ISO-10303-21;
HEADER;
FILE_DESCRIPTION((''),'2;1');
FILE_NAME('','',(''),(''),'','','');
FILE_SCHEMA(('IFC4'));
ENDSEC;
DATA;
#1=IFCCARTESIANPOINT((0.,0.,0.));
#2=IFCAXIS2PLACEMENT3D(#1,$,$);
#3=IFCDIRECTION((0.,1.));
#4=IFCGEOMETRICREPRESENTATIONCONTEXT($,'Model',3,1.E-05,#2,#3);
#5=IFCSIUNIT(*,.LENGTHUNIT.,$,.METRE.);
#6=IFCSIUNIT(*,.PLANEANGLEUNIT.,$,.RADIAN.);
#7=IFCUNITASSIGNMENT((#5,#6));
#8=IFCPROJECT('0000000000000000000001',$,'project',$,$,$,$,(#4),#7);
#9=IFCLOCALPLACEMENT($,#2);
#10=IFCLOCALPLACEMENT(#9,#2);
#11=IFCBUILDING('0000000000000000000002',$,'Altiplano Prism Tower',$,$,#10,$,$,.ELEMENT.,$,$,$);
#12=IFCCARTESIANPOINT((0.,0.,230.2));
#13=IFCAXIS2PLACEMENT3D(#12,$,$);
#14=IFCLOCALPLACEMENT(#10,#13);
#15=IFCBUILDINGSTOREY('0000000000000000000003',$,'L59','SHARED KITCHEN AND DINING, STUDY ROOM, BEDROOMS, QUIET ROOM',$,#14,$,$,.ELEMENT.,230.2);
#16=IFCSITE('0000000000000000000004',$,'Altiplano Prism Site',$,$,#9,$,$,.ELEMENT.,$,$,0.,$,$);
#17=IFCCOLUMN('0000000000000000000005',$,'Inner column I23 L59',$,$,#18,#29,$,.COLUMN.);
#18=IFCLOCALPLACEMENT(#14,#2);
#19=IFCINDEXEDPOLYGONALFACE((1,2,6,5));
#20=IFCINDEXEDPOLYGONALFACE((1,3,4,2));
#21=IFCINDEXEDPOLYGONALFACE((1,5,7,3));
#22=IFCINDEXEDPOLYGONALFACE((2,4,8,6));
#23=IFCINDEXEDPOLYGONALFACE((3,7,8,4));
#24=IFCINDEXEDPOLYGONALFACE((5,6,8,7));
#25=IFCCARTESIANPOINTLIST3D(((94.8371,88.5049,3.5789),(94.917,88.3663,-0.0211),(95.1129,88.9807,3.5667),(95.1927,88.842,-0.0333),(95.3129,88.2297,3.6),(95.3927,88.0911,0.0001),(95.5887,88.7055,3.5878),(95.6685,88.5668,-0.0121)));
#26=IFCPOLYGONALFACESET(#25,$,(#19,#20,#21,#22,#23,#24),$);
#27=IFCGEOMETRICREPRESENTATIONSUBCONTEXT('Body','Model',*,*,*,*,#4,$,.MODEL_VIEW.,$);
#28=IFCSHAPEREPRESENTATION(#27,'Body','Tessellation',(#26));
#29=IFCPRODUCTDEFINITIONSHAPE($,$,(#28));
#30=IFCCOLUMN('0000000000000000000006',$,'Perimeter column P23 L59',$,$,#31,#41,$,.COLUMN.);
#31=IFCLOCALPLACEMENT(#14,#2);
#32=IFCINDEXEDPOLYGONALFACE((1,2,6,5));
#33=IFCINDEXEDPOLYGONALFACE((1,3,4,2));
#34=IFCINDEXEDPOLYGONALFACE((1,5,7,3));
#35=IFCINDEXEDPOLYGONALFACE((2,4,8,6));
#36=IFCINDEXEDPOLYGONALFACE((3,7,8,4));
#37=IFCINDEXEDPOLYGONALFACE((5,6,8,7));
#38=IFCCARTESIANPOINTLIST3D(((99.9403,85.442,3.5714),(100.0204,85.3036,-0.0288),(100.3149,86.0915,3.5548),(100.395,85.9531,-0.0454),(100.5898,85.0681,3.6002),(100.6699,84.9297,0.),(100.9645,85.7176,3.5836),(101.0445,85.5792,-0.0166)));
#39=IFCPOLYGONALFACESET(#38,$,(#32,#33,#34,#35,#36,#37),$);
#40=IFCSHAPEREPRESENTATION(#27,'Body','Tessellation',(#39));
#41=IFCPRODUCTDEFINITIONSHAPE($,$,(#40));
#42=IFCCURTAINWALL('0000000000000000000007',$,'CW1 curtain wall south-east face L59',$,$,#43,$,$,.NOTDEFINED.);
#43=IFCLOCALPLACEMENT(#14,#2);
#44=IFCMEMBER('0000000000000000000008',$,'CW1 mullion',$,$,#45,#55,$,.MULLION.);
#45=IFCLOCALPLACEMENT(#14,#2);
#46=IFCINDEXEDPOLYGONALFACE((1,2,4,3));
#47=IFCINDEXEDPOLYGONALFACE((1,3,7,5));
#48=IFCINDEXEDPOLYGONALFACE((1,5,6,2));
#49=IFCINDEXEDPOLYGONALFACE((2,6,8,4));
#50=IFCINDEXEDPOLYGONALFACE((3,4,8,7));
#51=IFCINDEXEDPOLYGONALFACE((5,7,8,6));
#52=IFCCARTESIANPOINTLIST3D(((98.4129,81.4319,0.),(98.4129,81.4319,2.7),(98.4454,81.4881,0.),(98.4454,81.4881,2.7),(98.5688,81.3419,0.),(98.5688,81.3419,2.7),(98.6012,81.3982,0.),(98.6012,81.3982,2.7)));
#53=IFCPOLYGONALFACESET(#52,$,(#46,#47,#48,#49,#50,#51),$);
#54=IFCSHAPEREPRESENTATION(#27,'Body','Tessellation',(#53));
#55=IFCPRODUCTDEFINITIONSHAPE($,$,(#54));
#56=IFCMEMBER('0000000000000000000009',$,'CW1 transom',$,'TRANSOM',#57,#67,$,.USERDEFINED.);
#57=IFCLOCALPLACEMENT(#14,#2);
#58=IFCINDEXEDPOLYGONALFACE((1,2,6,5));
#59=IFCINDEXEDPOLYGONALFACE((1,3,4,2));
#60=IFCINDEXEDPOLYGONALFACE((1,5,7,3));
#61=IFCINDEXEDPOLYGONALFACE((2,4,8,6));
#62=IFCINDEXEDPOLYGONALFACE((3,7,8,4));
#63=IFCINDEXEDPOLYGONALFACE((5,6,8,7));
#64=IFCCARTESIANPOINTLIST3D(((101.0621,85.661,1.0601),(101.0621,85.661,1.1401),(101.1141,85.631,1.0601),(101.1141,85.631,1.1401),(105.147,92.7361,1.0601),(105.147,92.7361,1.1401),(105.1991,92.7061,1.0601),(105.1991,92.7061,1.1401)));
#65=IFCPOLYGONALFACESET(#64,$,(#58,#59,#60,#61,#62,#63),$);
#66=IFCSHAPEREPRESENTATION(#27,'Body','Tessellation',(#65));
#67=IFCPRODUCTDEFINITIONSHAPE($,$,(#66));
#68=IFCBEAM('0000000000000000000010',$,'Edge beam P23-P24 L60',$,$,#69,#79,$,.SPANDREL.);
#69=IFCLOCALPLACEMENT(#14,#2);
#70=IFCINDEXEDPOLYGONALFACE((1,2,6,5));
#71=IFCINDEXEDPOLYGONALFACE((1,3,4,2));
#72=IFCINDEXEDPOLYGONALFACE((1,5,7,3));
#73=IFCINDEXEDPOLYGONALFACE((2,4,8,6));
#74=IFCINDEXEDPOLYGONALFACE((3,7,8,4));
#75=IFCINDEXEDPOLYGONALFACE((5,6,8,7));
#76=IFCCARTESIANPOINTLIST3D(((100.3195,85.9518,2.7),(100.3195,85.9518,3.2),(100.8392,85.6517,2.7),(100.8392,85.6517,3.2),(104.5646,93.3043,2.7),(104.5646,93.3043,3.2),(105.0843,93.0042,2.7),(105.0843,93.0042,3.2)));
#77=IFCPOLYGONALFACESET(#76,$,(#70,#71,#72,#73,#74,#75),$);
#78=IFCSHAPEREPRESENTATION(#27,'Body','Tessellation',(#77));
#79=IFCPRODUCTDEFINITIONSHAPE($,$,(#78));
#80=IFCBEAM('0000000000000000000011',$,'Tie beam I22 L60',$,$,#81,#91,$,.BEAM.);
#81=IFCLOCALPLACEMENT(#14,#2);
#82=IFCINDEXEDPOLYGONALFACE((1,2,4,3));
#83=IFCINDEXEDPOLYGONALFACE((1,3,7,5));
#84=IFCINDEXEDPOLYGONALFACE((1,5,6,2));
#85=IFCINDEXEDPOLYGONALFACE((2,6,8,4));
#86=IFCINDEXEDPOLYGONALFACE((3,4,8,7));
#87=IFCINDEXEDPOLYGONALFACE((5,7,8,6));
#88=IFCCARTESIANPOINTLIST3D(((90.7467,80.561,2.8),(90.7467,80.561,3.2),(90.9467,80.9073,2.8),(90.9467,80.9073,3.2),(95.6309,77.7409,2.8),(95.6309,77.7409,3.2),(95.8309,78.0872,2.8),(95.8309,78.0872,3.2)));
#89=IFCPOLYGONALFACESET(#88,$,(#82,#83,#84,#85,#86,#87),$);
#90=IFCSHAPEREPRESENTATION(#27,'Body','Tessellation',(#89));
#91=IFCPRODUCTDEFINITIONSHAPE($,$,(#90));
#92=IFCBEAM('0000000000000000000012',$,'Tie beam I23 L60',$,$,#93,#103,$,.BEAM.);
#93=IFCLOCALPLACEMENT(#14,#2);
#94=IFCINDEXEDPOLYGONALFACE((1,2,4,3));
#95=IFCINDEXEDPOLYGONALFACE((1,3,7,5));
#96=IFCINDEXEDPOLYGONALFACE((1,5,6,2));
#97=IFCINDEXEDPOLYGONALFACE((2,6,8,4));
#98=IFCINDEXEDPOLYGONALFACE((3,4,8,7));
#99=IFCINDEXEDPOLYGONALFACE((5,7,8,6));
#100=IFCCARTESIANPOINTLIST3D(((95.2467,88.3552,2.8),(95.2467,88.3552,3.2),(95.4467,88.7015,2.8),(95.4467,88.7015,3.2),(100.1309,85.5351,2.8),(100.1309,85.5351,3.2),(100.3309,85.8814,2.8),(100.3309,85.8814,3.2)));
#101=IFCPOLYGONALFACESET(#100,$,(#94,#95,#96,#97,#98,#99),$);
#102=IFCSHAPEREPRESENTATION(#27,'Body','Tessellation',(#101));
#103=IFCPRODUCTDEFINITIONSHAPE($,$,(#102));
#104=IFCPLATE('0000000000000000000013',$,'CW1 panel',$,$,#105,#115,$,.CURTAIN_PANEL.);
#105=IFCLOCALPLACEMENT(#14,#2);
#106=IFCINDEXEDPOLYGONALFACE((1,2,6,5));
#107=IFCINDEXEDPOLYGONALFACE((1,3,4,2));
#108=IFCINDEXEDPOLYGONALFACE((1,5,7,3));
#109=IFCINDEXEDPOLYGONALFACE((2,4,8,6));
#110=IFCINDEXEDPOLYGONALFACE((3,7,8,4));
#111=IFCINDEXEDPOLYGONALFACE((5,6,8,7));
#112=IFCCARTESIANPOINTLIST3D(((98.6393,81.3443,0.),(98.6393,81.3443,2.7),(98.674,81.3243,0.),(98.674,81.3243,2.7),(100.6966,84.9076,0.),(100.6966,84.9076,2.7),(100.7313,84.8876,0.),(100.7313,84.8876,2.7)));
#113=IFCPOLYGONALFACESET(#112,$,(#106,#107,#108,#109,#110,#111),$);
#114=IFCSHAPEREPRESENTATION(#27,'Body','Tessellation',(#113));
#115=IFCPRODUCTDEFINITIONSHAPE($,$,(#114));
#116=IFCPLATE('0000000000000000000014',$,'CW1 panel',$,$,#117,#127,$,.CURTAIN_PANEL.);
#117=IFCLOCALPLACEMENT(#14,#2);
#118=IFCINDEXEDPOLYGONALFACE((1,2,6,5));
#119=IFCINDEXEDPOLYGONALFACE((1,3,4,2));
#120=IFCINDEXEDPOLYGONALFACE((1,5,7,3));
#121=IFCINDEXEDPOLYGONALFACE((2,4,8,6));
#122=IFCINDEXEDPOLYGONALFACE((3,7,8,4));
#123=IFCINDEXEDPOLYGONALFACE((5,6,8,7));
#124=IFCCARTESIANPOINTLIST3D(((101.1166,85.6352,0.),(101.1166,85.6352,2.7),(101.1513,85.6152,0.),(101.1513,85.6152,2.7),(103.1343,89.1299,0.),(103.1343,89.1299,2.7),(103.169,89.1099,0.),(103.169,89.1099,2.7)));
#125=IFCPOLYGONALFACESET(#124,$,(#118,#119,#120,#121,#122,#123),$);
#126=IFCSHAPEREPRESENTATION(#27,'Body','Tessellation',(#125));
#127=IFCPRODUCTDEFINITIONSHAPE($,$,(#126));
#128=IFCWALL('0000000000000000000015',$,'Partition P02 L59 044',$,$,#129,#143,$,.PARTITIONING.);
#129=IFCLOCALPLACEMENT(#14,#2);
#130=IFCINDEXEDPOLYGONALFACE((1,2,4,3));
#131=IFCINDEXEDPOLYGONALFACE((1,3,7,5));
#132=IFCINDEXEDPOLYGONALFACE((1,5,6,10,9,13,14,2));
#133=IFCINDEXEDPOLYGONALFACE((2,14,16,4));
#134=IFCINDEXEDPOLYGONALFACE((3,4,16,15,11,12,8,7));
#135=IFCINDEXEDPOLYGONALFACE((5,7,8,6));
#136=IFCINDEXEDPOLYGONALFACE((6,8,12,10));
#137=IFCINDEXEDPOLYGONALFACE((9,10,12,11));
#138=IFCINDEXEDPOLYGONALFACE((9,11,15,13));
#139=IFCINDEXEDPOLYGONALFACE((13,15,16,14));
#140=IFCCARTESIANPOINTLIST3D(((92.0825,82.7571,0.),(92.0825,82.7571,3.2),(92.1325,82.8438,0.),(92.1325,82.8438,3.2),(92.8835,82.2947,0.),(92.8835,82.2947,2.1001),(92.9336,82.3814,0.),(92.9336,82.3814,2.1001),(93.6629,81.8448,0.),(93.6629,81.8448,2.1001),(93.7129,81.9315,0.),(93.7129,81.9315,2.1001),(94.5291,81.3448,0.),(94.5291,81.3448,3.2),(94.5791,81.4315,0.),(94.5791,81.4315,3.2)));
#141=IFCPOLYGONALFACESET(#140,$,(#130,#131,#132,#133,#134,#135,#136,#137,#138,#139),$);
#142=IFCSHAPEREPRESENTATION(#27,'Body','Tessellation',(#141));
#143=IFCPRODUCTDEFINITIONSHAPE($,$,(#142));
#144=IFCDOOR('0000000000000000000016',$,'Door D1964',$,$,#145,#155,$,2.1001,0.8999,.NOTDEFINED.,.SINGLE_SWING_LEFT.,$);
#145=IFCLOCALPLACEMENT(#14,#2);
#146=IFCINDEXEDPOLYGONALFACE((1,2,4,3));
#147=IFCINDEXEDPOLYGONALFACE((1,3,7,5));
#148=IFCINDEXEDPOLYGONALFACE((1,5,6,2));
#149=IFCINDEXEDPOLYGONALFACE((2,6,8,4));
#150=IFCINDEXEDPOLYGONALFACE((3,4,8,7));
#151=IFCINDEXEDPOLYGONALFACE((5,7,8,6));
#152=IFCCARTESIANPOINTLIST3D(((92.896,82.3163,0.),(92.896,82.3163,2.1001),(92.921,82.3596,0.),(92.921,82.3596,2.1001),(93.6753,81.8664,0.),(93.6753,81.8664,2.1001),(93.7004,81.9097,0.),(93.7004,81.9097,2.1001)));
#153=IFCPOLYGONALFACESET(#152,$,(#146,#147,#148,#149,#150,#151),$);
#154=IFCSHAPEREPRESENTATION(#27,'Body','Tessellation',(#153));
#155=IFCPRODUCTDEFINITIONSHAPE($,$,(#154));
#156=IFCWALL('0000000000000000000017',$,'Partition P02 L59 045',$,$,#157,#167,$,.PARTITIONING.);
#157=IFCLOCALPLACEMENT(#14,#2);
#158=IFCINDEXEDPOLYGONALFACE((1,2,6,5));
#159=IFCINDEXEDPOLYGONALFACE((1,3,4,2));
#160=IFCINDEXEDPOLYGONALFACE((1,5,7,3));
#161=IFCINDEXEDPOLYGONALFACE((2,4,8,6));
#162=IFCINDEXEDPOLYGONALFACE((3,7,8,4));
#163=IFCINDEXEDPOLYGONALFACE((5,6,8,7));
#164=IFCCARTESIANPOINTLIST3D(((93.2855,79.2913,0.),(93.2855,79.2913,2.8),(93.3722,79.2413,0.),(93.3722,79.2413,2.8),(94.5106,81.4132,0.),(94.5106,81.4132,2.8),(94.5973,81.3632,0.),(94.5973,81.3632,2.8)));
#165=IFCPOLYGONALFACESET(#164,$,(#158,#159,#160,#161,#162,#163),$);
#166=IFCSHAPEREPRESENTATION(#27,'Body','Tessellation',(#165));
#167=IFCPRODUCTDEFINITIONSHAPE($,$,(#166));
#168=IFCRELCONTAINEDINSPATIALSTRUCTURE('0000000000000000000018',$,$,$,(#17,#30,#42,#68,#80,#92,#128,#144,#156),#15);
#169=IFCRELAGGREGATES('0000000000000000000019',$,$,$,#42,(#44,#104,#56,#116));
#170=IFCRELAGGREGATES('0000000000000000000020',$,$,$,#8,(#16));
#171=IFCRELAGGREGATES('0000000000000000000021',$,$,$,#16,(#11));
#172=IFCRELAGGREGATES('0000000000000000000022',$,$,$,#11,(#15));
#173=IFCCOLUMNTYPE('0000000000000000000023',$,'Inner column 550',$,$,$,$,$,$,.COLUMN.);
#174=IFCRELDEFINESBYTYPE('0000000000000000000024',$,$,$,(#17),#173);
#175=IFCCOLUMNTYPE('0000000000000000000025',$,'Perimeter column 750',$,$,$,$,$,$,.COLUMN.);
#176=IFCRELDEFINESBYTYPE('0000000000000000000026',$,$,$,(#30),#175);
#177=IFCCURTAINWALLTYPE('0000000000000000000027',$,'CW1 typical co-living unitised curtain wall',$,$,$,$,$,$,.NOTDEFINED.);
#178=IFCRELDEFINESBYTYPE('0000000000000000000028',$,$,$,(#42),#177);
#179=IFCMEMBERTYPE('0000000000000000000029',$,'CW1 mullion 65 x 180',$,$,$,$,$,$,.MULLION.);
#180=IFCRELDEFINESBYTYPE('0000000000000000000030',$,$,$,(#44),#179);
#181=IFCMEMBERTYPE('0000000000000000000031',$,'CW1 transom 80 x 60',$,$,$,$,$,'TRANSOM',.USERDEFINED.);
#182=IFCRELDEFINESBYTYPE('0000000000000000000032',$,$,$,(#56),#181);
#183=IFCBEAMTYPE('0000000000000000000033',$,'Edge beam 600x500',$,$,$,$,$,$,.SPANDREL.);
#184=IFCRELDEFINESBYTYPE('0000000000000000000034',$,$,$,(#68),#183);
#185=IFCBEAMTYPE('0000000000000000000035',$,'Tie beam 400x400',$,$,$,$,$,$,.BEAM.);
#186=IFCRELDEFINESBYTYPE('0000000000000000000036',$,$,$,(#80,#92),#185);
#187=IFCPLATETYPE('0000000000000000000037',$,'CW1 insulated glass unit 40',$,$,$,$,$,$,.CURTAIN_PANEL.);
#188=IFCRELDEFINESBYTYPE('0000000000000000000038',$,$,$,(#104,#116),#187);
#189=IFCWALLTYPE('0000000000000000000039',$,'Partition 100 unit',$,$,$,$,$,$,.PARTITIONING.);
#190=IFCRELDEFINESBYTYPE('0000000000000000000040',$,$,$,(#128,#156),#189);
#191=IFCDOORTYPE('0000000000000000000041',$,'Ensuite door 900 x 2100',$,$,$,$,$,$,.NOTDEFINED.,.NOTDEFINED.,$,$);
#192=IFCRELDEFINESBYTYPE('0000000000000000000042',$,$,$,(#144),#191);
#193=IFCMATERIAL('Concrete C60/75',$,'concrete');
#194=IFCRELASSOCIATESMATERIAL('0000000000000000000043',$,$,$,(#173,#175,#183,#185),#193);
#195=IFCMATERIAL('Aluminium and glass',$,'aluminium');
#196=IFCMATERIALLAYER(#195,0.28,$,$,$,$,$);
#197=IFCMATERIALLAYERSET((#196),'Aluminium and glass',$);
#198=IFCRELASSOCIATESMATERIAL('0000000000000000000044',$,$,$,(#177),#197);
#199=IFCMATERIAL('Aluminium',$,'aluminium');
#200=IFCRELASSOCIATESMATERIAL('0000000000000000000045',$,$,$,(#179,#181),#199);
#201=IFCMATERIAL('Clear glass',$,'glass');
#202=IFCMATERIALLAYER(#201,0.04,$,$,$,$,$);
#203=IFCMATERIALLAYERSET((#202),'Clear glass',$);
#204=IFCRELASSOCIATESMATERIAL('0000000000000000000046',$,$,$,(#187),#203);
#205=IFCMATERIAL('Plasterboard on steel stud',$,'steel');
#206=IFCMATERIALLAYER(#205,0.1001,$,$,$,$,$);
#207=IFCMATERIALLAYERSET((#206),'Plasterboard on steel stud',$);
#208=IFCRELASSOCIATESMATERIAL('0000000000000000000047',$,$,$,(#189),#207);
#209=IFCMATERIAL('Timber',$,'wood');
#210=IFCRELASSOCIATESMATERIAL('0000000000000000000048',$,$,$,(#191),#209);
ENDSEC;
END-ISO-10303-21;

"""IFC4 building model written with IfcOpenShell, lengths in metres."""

from ifc_helpers import new_model, si_unit, direction, frame, frame_2d, origin, origin_2d, place, context, subcontext, project, spatial, rectangle, extrude, material, layer, layer_set, material_profile, profile_set, type_object, element, fill, aggregate, save


model = new_model("IFC4")

# Units and contexts
model_context = context("Model", 3, precision=1e-05, world=origin(), true_north=direction((0.0, 1.0)))
body_context = subcontext(model_context, "Body", "Model", "MODEL_VIEW")
ifc_project = project(units=[si_unit("LENGTHUNIT", "METRE"), si_unit("PLANEANGLEUNIT", "RADIAN")], contexts=[model_context])

# Site, building, storey
site_placement = place(None, origin())
site = spatial("IfcSite", under=ifc_project, at=site_placement, Name="Altiplano Prism Site", CompositionType="ELEMENT", RefElevation=0.0)
building_placement = place(site_placement, origin())
building = spatial("IfcBuilding", under=site, at=building_placement, Name="Altiplano Prism Tower", CompositionType="ELEMENT")
storey_placement = place(building_placement, frame((0.0, 0.0, 230.2)))
storey = spatial("IfcBuildingStorey", under=building, at=storey_placement, Name="L59", Description="SHARED KITCHEN AND DINING, STUDY ROOM, BEDROOMS, QUIET ROOM", CompositionType="ELEMENT", Elevation=230.2)

# Columns
ifc_material_1 = material(Name="Concrete C60/75", Category="concrete")
ifc_material_profile_1 = material_profile(ifc_material_1, rectangle(XDim=0.55, YDim=0.55, at=origin_2d()), Name="Inner column 550")
ifc_profile_set_1 = profile_set([ifc_material_profile_1], Name="Concrete C60/75")
column_type_1 = type_object("IfcColumnType", Name="Inner column 550", PredefinedType="COLUMN", material=ifc_profile_set_1)
column_1_placement = place(storey_placement, frame((95.2927, 88.4666, -0.0166), z_axis=(-0.022155, 0.038484, 0.999014), x_axis=(-0.501318, -0.864978, 0.022203)))
element("IfcColumn", 1, at=column_1_placement, inside=storey, type_object=column_type_1, Name="Inner column I23 L59", PredefinedType="COLUMN", context=body_context, shape_type="SweptSolid", body=[
    extrude(rectangle(XDim=0.55, YDim=0.55, at=origin_2d()), origin(), (0.0, 0.0, 1.0), 3.6035),
])
ifc_material_profile_2 = material_profile(ifc_material_1, rectangle(XDim=0.75, YDim=0.75, at=origin_2d()), Name="Perimeter column 750")
ifc_profile_set_2 = profile_set([ifc_material_profile_2], Name="Concrete C60/75")
column_type_2 = type_object("IfcColumnType", Name="Perimeter column 750", PredefinedType="COLUMN", material=ifc_profile_set_2)
column_2_placement = place(storey_placement, frame((100.5325, 85.4414, -0.0227), z_axis=(-0.022221, 0.038413, 0.999015), x_axis=(-0.499513, -0.866022, 0.022189)))
element("IfcColumn", 2, at=column_2_placement, inside=storey, type_object=column_type_2, Name="Perimeter column P23 L59", PredefinedType="COLUMN", context=body_context, shape_type="SweptSolid", body=[
    extrude(rectangle(XDim=0.75, YDim=0.75, at=origin_2d()), origin(), (0.0, 0.0, 1.0), 3.6038),
])

# Curtain wall, members
ifc_material_2 = material(Name="Aluminium and glass", Category="aluminium")
ifc_layer_1 = layer(ifc_material_2, 0.28)
ifc_layer_set_1 = layer_set([ifc_layer_1], Name="Aluminium and glass")
curtain_wall_type = type_object("IfcCurtainWallType", Name="CW1 typical co-living unitised curtain wall", PredefinedType="NOTDEFINED", material=ifc_layer_set_1)
curtain_wall_placement = place(storey_placement, origin())
curtain_wall = element("IfcCurtainWall", 3, at=curtain_wall_placement, inside=storey, type_object=curtain_wall_type, Name="CW1 curtain wall south-east face L59", PredefinedType="NOTDEFINED")
ifc_material_3 = material(Name="Aluminium", Category="aluminium")
ifc_material_profile_3 = material_profile(ifc_material_3, rectangle(XDim=0.1799, YDim=0.0649, at=origin_2d()), Name="CW1 mullion 65 x 180")
ifc_profile_set_3 = profile_set([ifc_material_profile_3], Name="Aluminium")
member_type_1 = type_object("IfcMemberType", Name="CW1 mullion 65 x 180", PredefinedType="MULLION", material=ifc_profile_set_3)
member_1_placement = place(storey_placement, frame((98.5071, 81.415, 0.0), z_axis=(0.0, 0.0, 1.0), x_axis=(-0.866025, 0.5, 0.0)))
member_1 = element("IfcMember", 4, at=member_1_placement, type_object=member_type_1, Name="CW1 mullion", PredefinedType="MULLION", context=body_context, shape_type="SweptSolid", body=[
    extrude(rectangle(XDim=0.1799, YDim=0.0649, at=origin_2d()), origin(), (0.0, 0.0, 1.0), 2.7),
])
ifc_material_profile_4 = material_profile(ifc_material_3, rectangle(XDim=0.0601, YDim=0.0801, at=origin_2d()), Name="CW1 transom 80 x 60")
ifc_profile_set_4 = profile_set([ifc_material_profile_4], Name="Aluminium")
member_type_2 = type_object("IfcMemberType", Name="CW1 transom 80 x 60", ElementType="TRANSOM", PredefinedType="USERDEFINED", material=ifc_profile_set_4)
member_2_placement = place(storey_placement, frame((101.0881, 85.646, 1.1001), z_axis=(0.500009, 0.86602, 0.0), x_axis=(-0.86602, 0.500009, 0.0)))
member_2 = element("IfcMember", 5, at=member_2_placement, type_object=member_type_2, Name="CW1 transom", ObjectType="TRANSOM", PredefinedType="USERDEFINED", context=body_context, shape_type="SweptSolid", body=[
    extrude(rectangle(XDim=0.0601, YDim=0.0801, at=origin_2d()), origin(), (0.0, 0.0, 1.0), 8.1697),
])

# Beams
ifc_material_profile_5 = material_profile(ifc_material_1, rectangle(XDim=0.6001, YDim=0.5, at=origin_2d()), Name="Edge beam 600x500")
ifc_profile_set_5 = profile_set([ifc_material_profile_5], Name="Concrete C60/75")
beam_type_1 = type_object("IfcBeamType", Name="Edge beam 600x500", PredefinedType="SPANDREL", material=ifc_profile_set_5)
beam_placement = place(storey_placement, frame((100.5793, 85.8018, 2.95), z_axis=(0.500011, 0.866019, 0.0), x_axis=(-0.866019, 0.500011, 0.0)))
element("IfcBeam", 6, at=beam_placement, inside=storey, type_object=beam_type_1, Name="Edge beam P23-P24 L60", PredefinedType="SPANDREL", context=body_context, shape_type="SweptSolid", body=[
    extrude(rectangle(XDim=0.6001, YDim=0.5, at=origin_2d()), origin(), (0.0, 0.0, 1.0), 8.49),
])
ifc_material_profile_6 = material_profile(ifc_material_1, rectangle(XDim=0.3999, YDim=0.3999, at=origin_2d()), Name="Tie beam 400x400")
ifc_profile_set_6 = profile_set([ifc_material_profile_6], Name="Concrete C60/75")
beam_type_2 = type_object("IfcBeamType", Name="Tie beam 400x400", PredefinedType="BEAM", material=ifc_profile_set_6)
for number, where, z_axis, x_axis, name in (
    (7, (90.8467, 80.7341, 3.0), (0.866015, -0.500017, 0.0), (0.500017, 0.866015, 0.0), "Tie beam I22 L60"),
    (8, (95.3467, 88.5283, 3.0), (0.866015, -0.500017, 0.0), (0.500017, 0.866015, 0.0), "Tie beam I23 L60"),
):
    element("IfcBeam", number, at=place(storey_placement, frame(where, z_axis=z_axis, x_axis=x_axis)), inside=storey, type_object=beam_type_2, Name=name, PredefinedType="BEAM", context=body_context, shape_type="SweptSolid", body=[
        extrude(rectangle(XDim=0.3999, YDim=0.3999, at=origin_2d()), origin(), (0.0, 0.0, 1.0), 5.6399),
    ])

# Plates
ifc_material_4 = material(Name="Clear glass", Category="glass")
ifc_layer_2 = layer(ifc_material_4, 0.04)
ifc_layer_set_2 = layer_set([ifc_layer_2], Name="Clear glass")
plate_type = type_object("IfcPlateType", Name="CW1 insulated glass unit 40", PredefinedType="CURTAIN_PANEL", material=ifc_layer_set_2)
plate_1_placement = place(storey_placement, frame((99.6853, 83.116, 0.0), z_axis=(0.0, 0.0, 1.0), x_axis=(0.5, 0.866025, 0.0)))
plate_1 = element("IfcPlate", 9, at=plate_1_placement, type_object=plate_type, Name="CW1 panel", PredefinedType="CURTAIN_PANEL", context=body_context, shape_type="SweptSolid", body=[
    extrude(rectangle(XDim=4.1145, YDim=0.04, at=origin_2d()), origin(), (0.0, 0.0, 1.0), 2.7),
])
plate_2_placement = place(storey_placement, frame((102.1428, 87.3726, 0.0), z_axis=(0.0, 0.0, 1.0), x_axis=(0.5, 0.866025, 0.0)))
plate_2 = element("IfcPlate", 10, at=plate_2_placement, type_object=plate_type, Name="CW1 panel", PredefinedType="CURTAIN_PANEL", context=body_context, shape_type="SweptSolid", body=[
    extrude(rectangle(XDim=4.0354, YDim=0.04, at=origin_2d()), origin(), (0.0, 0.0, 1.0), 2.7),
])
aggregate(curtain_wall, [member_1, plate_1, member_2, plate_2])

# Wall, opening, door
ifc_material_5 = material(Name="Plasterboard on steel stud", Category="steel")
ifc_layer_3 = layer(ifc_material_5, 0.1001)
ifc_layer_set_3 = layer_set([ifc_layer_3], Name="Plasterboard on steel stud")
wall_type_1 = type_object("IfcWallType", Name="Partition 100 unit", PredefinedType="PARTITIONING", material=ifc_layer_set_3)
wall_1_placement = place(storey_placement, frame((92.1074, 82.8005, 0.0), z_axis=(0.0, 0.0, 1.0), x_axis=(0.866049, -0.499959, 0.0)))
wall_1 = element("IfcWall", 11, at=wall_1_placement, inside=storey, type_object=wall_type_1, Name="Partition P02 L59 044", PredefinedType="PARTITIONING", context=body_context, shape_type="SweptSolid", body=[
    extrude(rectangle(XDim=2.825, YDim=0.1001, at=frame_2d((1.4126, 0.0))), origin(), (0.0, 0.0, 1.0), 3.2),
])
opening_1_placement = place(wall_1_placement, frame((0.925, 0.0, 0.0)))
opening_1 = element("IfcOpeningElement", 12, at=opening_1_placement, cuts=wall_1, PredefinedType="OPENING", context=body_context, shape_type="SweptSolid", body=[
    extrude(rectangle(XDim=0.8999, YDim=2.1001, at=frame_2d((0.45, 1.05))), frame((0.0, 0.0605, 0.0), z_axis=(0.0, -1.0, 0.0), x_axis=(1.0, 0.0, 0.0)), (0.0, 0.0, 1.0), 0.1211),
])
ifc_material_6 = material(Name="Timber", Category="wood")
door_type_1 = type_object("IfcDoorType", Name="Ensuite door 900 x 2100", OperationType="NOTDEFINED", PredefinedType="NOTDEFINED", material=ifc_material_6)
door_1_placement = place(opening_1_placement, origin())
door_1 = element("IfcDoor", 13, at=door_1_placement, inside=storey, type_object=door_type_1, Name="Door D1964", OperationType="SINGLE_SWING_LEFT", OverallHeight=2.1001, OverallWidth=0.8999, PredefinedType="NOTDEFINED", context=body_context, shape_type="SweptSolid", body=[
    extrude(rectangle(XDim=0.8999, YDim=2.1001, at=frame_2d((0.45, 1.05))), frame((0.0, 0.0249, 0.0), z_axis=(0.0, -1.0, 0.0), x_axis=(1.0, 0.0, 0.0)), (0.0, 0.0, 1.0), 0.05),
])
fill(opening_1, door_1)

# Wall
wall_2_placement = place(storey_placement, frame((94.554, 81.3882, 0.0), z_axis=(0.0, 0.0, 1.0), x_axis=(-0.500019, -0.866015, 0.0)))
element("IfcWall", 14, at=wall_2_placement, inside=storey, type_object=wall_type_1, Name="Partition P02 L59 045", PredefinedType="PARTITIONING", context=body_context, shape_type="SweptSolid", body=[
    extrude(rectangle(XDim=2.4502, YDim=0.1001, at=frame_2d((1.2251, 0.0))), origin(), (0.0, 0.0, 1.0), 2.8),
])

save(model, "model.ifc")
